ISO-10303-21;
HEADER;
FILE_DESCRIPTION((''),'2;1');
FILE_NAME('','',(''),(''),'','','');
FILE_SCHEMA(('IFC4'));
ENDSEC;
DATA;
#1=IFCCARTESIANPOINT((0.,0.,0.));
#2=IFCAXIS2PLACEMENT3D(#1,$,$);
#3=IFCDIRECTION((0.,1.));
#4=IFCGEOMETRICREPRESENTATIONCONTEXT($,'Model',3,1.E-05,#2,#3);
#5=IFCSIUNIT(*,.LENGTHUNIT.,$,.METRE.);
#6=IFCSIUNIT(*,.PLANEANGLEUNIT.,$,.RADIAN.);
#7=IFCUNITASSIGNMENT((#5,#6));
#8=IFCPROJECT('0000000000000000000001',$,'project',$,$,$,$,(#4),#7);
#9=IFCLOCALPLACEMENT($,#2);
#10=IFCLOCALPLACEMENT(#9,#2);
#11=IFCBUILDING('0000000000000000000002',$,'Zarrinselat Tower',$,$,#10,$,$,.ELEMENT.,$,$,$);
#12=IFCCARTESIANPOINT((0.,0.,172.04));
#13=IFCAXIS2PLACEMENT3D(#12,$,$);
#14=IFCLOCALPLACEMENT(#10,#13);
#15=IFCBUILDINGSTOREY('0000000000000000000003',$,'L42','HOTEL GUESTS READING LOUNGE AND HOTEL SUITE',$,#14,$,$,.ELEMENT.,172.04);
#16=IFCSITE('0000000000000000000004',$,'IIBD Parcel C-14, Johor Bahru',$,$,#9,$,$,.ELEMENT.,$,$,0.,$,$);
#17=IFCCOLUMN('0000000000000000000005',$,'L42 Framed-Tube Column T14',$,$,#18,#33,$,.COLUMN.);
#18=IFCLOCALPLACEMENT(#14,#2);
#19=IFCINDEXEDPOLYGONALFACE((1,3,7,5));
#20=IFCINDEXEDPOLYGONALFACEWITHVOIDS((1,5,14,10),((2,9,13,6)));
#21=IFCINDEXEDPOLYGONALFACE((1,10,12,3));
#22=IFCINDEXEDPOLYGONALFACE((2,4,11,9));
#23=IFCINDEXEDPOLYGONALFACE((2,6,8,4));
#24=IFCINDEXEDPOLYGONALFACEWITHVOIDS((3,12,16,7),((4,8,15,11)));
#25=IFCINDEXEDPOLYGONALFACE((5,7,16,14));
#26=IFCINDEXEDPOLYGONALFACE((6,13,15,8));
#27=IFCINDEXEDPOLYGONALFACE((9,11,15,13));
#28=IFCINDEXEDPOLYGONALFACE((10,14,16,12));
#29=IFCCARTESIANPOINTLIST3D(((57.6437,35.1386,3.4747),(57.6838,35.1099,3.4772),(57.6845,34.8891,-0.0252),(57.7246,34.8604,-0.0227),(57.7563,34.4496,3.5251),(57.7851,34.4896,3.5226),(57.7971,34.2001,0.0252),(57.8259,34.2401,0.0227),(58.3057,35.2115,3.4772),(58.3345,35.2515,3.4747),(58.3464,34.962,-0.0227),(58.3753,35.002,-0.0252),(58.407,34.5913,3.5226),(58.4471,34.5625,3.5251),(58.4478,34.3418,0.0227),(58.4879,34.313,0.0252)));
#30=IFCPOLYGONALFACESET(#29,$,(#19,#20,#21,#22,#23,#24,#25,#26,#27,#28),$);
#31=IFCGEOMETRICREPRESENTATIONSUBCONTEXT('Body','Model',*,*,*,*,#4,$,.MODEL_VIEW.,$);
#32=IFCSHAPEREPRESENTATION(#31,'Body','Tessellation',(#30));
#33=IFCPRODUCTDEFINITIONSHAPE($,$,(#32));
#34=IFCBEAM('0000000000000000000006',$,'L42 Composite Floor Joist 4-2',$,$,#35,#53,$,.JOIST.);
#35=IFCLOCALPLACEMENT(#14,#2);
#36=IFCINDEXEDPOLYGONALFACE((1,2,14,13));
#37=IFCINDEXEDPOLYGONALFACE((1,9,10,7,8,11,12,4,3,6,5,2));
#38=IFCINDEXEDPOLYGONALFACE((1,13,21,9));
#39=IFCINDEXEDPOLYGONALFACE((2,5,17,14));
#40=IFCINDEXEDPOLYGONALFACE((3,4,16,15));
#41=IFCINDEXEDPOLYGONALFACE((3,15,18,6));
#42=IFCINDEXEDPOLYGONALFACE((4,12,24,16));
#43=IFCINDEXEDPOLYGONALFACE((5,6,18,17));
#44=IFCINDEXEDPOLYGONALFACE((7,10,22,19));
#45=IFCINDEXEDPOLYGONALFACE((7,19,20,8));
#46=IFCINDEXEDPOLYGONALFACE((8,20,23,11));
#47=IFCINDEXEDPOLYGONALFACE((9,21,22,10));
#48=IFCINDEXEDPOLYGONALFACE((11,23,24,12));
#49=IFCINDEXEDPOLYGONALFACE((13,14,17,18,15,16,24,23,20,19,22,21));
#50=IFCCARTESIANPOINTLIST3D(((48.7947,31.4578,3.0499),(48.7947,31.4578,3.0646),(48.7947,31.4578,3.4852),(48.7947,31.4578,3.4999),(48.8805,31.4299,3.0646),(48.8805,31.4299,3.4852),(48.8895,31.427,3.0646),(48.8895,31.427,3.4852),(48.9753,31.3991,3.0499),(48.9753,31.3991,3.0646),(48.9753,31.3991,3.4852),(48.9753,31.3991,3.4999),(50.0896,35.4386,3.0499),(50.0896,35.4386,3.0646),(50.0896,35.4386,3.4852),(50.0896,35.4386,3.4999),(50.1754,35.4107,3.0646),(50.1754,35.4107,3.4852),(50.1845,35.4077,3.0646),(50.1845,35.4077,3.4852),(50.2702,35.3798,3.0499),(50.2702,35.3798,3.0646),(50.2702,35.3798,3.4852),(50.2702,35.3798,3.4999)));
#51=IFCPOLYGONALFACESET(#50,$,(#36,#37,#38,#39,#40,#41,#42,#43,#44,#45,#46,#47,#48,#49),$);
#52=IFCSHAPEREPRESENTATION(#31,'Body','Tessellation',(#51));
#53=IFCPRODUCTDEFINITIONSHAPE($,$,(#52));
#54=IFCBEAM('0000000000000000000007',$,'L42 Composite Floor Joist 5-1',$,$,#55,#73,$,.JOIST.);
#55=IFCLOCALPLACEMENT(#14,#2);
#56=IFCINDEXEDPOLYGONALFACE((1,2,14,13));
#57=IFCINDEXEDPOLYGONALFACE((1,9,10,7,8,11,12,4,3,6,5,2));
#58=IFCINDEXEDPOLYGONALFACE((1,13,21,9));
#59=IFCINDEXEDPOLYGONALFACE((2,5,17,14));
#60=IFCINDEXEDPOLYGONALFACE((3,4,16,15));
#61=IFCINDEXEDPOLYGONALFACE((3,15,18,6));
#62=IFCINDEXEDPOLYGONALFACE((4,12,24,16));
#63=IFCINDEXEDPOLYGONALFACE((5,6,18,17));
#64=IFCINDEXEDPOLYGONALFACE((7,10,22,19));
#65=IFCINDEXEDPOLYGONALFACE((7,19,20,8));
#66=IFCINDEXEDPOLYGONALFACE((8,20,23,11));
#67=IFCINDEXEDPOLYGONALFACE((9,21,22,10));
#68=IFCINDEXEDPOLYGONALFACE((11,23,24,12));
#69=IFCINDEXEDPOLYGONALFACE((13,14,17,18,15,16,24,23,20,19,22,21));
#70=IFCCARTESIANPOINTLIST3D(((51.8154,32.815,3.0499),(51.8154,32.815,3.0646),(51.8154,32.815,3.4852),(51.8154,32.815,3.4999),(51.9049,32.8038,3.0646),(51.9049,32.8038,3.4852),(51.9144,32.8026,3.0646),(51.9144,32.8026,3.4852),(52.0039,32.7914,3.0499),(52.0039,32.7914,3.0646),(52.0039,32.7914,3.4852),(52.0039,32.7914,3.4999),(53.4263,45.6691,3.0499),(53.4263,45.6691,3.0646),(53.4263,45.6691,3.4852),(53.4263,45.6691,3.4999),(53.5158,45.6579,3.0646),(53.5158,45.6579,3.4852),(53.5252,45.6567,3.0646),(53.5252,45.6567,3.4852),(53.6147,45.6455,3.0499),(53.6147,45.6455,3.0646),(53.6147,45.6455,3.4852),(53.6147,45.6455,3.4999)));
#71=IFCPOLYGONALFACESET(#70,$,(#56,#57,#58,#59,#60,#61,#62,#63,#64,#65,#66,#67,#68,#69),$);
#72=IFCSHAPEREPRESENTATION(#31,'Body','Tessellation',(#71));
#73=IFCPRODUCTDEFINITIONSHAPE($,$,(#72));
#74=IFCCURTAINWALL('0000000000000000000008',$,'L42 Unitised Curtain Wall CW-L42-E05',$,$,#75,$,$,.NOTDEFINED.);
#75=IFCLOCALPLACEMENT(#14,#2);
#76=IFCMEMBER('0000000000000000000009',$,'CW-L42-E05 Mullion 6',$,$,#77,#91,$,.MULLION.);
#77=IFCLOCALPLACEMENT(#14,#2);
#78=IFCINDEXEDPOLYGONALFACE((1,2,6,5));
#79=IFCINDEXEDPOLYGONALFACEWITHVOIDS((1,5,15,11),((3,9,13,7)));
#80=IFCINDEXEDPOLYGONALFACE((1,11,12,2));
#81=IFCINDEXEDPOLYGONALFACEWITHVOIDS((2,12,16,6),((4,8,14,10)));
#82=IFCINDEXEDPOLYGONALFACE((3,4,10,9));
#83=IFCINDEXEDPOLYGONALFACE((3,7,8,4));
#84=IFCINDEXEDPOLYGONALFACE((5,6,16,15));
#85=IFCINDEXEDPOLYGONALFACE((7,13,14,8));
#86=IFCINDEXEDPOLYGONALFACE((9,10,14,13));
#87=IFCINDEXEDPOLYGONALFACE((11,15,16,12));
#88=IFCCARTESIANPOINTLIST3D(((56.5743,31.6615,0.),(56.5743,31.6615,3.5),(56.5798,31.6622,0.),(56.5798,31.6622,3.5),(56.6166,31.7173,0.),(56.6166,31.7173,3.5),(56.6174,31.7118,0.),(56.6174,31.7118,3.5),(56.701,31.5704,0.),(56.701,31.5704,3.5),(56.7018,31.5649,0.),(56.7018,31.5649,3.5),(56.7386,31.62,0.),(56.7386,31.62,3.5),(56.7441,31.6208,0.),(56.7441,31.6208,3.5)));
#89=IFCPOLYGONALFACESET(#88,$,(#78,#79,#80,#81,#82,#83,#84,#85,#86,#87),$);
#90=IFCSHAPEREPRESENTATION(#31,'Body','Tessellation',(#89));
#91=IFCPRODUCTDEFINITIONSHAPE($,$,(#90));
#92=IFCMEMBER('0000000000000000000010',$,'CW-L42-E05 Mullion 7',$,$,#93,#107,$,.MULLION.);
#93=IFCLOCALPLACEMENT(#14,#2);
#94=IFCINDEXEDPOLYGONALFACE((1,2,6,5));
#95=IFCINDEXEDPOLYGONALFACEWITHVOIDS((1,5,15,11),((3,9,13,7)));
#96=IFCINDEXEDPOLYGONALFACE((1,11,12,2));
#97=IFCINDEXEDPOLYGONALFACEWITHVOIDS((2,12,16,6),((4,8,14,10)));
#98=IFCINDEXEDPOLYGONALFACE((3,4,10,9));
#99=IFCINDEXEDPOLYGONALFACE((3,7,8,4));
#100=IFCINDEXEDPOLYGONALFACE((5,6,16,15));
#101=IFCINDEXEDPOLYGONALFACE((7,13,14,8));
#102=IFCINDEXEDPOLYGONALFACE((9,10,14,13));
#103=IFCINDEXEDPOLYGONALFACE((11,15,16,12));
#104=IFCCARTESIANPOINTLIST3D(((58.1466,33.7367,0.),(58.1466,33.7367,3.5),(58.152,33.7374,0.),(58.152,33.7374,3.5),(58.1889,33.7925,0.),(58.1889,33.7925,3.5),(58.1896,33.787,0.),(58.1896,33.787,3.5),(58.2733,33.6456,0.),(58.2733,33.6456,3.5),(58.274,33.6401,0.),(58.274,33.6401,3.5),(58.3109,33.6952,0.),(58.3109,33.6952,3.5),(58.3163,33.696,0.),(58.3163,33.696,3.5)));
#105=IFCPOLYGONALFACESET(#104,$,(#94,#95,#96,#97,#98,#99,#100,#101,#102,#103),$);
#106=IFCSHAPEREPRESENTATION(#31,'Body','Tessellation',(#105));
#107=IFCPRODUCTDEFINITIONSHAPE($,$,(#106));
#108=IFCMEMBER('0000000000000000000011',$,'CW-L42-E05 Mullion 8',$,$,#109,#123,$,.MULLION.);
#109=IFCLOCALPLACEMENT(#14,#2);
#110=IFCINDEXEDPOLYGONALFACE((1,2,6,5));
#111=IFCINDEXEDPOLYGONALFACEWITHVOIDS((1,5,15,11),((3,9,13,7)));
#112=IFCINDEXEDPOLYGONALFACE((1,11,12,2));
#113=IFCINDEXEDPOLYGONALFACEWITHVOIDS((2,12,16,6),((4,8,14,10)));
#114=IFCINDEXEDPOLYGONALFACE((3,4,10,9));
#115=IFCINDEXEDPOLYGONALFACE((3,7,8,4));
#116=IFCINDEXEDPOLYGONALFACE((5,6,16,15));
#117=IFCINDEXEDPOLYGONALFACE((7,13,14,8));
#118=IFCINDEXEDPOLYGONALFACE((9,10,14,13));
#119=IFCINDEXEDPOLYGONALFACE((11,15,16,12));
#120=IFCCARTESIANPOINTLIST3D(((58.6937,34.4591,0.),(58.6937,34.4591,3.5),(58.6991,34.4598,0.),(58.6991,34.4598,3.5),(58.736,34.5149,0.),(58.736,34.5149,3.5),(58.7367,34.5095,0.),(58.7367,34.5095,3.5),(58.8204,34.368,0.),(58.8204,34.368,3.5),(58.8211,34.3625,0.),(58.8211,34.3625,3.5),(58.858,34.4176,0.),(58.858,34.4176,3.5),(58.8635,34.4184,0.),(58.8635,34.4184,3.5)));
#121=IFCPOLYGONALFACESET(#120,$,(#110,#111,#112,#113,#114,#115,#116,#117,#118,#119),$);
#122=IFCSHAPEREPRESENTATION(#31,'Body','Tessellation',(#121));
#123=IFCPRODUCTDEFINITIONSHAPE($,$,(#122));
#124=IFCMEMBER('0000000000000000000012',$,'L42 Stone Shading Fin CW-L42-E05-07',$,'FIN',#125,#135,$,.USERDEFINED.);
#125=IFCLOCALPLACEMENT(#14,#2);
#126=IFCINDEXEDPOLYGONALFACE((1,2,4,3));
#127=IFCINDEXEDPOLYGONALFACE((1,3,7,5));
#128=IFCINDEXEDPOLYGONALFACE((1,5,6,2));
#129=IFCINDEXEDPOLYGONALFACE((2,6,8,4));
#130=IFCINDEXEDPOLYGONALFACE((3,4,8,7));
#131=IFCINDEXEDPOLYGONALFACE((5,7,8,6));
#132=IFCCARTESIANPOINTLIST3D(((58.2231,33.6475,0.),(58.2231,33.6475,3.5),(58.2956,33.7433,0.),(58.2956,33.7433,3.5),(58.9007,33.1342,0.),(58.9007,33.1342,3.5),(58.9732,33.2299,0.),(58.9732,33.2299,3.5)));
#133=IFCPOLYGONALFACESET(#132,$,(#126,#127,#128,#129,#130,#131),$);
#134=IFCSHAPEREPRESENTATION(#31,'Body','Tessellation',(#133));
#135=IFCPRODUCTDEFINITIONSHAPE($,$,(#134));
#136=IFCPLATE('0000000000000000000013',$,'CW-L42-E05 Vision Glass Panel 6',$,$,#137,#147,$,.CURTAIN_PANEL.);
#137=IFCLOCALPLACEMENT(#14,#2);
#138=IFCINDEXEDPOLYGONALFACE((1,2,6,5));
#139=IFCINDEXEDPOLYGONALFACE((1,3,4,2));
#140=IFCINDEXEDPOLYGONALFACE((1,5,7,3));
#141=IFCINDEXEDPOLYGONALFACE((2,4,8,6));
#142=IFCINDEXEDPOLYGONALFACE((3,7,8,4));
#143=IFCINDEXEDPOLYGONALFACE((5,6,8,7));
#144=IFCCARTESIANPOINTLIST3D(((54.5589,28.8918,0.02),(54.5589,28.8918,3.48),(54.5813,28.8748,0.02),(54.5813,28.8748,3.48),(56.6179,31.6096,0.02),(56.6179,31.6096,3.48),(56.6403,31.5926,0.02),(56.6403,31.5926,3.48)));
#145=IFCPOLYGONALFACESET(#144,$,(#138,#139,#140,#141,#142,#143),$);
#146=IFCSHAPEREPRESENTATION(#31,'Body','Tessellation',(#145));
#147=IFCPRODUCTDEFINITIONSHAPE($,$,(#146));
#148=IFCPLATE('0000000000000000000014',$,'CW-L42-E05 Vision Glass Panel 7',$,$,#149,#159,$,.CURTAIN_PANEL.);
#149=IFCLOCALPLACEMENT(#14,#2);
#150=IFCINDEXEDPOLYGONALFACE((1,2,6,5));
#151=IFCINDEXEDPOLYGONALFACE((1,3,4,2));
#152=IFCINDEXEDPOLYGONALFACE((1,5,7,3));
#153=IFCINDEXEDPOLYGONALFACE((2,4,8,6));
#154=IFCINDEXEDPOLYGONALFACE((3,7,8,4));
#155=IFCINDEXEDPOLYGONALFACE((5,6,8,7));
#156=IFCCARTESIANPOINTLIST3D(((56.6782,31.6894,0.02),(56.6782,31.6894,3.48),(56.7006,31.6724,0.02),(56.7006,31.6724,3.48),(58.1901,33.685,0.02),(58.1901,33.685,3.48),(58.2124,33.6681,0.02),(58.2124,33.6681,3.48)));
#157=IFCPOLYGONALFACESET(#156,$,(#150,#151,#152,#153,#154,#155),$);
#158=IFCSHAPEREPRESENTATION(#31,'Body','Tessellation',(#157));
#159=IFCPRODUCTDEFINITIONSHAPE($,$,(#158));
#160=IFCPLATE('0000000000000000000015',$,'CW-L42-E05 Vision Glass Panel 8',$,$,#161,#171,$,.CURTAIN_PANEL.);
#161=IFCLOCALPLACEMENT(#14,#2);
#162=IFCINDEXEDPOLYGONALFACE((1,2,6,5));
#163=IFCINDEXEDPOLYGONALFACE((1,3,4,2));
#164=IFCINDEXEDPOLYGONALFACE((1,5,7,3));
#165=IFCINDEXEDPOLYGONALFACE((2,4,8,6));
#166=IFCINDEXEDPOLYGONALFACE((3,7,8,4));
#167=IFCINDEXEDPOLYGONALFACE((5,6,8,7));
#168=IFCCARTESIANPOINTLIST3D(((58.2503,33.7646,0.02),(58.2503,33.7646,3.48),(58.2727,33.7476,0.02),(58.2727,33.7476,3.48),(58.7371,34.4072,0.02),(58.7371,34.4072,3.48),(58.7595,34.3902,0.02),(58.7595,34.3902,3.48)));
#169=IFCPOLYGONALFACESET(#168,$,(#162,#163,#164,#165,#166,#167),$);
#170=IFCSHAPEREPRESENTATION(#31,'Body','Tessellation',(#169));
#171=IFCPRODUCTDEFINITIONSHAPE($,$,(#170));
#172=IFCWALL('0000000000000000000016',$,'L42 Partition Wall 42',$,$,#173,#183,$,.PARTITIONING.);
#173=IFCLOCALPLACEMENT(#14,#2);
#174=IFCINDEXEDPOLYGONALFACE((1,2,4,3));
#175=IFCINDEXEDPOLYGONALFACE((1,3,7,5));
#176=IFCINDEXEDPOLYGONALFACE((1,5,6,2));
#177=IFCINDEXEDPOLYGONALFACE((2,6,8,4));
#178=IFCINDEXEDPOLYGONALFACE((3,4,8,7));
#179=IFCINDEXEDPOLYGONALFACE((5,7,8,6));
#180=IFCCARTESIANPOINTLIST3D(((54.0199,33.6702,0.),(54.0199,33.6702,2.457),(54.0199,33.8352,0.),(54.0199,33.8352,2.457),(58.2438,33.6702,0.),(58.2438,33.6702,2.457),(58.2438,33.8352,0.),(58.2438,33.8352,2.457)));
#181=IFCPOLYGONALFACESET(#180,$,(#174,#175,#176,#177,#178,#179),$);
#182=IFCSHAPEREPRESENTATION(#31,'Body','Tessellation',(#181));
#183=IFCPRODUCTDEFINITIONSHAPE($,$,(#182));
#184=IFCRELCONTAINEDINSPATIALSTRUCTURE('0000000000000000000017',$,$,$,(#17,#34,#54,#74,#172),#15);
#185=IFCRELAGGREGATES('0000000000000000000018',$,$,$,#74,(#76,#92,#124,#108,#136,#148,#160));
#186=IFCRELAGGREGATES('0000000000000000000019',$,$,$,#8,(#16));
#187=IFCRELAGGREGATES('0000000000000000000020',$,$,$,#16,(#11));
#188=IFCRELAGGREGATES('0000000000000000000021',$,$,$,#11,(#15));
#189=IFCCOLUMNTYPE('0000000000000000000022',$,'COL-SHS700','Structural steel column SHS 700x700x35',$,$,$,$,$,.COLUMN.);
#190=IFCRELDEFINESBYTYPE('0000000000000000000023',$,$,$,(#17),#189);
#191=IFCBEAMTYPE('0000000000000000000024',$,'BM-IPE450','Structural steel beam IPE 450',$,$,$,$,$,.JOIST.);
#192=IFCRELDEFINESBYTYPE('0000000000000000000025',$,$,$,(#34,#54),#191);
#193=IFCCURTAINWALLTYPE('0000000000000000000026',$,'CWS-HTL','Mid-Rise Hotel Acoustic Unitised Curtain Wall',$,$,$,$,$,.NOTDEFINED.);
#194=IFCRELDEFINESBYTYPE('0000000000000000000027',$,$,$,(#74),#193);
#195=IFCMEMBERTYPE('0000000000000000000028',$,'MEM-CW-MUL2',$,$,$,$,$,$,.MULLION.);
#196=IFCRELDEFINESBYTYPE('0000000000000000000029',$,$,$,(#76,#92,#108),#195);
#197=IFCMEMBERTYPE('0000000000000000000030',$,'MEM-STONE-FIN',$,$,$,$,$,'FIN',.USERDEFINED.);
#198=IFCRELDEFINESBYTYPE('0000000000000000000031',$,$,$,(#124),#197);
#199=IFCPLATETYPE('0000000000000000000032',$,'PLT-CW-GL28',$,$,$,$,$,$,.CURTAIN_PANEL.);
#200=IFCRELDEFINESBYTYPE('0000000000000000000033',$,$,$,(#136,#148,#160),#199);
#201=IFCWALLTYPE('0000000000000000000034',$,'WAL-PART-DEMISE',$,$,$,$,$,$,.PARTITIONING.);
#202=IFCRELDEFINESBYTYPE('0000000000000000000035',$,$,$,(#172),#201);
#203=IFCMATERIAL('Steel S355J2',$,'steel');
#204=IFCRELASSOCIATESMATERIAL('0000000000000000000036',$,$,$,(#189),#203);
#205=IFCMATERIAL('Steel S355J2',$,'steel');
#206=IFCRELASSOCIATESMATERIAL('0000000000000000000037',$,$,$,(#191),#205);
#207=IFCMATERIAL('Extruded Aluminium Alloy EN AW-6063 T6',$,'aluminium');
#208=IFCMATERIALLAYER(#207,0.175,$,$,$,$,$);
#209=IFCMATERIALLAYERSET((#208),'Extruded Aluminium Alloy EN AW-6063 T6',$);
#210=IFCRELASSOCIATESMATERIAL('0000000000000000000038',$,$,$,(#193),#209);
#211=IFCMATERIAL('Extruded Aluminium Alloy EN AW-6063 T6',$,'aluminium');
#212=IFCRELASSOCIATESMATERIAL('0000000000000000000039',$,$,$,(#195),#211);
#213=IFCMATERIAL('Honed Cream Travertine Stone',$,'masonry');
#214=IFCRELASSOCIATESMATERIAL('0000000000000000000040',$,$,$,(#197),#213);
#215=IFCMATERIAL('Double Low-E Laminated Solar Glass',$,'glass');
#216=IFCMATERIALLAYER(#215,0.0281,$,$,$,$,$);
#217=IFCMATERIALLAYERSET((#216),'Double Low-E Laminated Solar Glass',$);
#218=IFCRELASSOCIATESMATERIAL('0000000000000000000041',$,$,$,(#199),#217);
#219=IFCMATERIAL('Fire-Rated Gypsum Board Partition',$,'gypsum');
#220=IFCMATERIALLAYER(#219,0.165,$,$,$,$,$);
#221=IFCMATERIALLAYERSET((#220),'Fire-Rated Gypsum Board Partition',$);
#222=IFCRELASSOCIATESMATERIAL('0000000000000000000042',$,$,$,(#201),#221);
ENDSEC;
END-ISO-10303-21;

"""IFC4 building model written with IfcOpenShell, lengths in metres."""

from ifc_helpers import new_model, si_unit, direction, frame, frame_2d, origin, origin_2d, place, context, subcontext, project, spatial, rectangle, hollow_rectangle, i_section, extrude, material, layer, layer_set, material_profile, profile_set, type_object, element, aggregate, save


model = new_model("IFC4")

# Units and contexts
model_context = context("Model", 3, precision=1e-05, world=origin(), true_north=direction((0.0, 1.0)))
body_context = subcontext(model_context, "Body", "Model", "MODEL_VIEW")
ifc_project = project(units=[si_unit("LENGTHUNIT", "METRE"), si_unit("PLANEANGLEUNIT", "RADIAN")], contexts=[model_context])

# Site, building, storey
site_placement = place(None, origin())
site = spatial("IfcSite", under=ifc_project, at=site_placement, Name="IIBD Parcel C-14, Johor Bahru", CompositionType="ELEMENT", RefElevation=0.0)
building_placement = place(site_placement, origin())
building = spatial("IfcBuilding", under=site, at=building_placement, Name="Zarrinselat Tower", CompositionType="ELEMENT")
storey_placement = place(building_placement, frame((0.0, 0.0, 172.04)))
storey = spatial("IfcBuildingStorey", under=building, at=storey_placement, Name="L42", Description="HOTEL GUESTS READING LOUNGE AND HOTEL SUITE", CompositionType="ELEMENT", Elevation=172.04)

# Column
ifc_material_1 = material(Name="Steel S355J2", Category="steel")
ifc_material_profile_1 = material_profile(ifc_material_1, hollow_rectangle(XDim=0.7, YDim=0.7, WallThickness=0.0349, at=origin_2d()), Name="SHS 700x700x35")
ifc_profile_set_1 = profile_set([ifc_material_profile_1], Name="Steel S355J2")
column_type = type_object("IfcColumnType", Name="COL-SHS700", Description="Structural steel column SHS 700x700x35", PredefinedType="COLUMN", material=ifc_profile_set_1)
column_placement = place(storey_placement, frame((58.0862, 34.6011, 0.0), z_axis=(-0.011619, 0.071104, 0.997401), x_axis=(-0.986911, -0.161266, 0.0)))
element("IfcColumn", 1, at=column_placement, inside=storey, type_object=column_type, Name="L42 Framed-Tube Column T14", PredefinedType="COLUMN", context=body_context, shape_type="SweptSolid", body=[
    extrude(hollow_rectangle(XDim=0.7, YDim=0.7, WallThickness=0.0349, at=origin_2d()), origin(), (0.0, 0.0, 1.0), 3.509),
])

# Beams
ifc_material_2 = material(Name="Steel S355J2", Category="steel")
ifc_material_profile_2 = material_profile(ifc_material_2, i_section(OverallWidth=0.1899, OverallDepth=0.45, WebThickness=0.0095, FlangeThickness=0.0146, at=origin_2d()), Name="IPE 450")
ifc_profile_set_2 = profile_set([ifc_material_profile_2], Name="Steel S355J2")
beam_type = type_object("IfcBeamType", Name="BM-IPE450", Description="Structural steel beam IPE 450", PredefinedType="JOIST", material=ifc_profile_set_2)
beam_1_placement = place(storey_placement, frame((48.885, 31.4285, 3.2749), z_axis=(0.309343, 0.95095, 0.0), x_axis=(-0.95095, 0.309343, 0.0)))
element("IfcBeam", 2, at=beam_1_placement, inside=storey, type_object=beam_type, Name="L42 Composite Floor Joist 4-2", PredefinedType="JOIST", context=body_context, shape_type="SweptSolid", body=[
    extrude(i_section(OverallWidth=0.1899, OverallDepth=0.45, WebThickness=0.0095, FlangeThickness=0.0146, at=origin_2d()), origin(), (0.0, 0.0, 1.0), 4.186),
])
beam_2_placement = place(storey_placement, frame((51.9097, 32.8032, 3.2749), z_axis=(0.124346, 0.992239, 0.0), x_axis=(-0.992239, 0.124346, 0.0)))
element("IfcBeam", 3, at=beam_2_placement, inside=storey, type_object=beam_type, Name="L42 Composite Floor Joist 5-1", PredefinedType="JOIST", context=body_context, shape_type="SweptSolid", body=[
    extrude(i_section(OverallWidth=0.1899, OverallDepth=0.45, WebThickness=0.0095, FlangeThickness=0.0146, at=origin_2d()), origin(), (0.0, 0.0, 1.0), 12.9546),
])

# Curtain wall, members, plates
ifc_material_3 = material(Name="Extruded Aluminium Alloy EN AW-6063 T6", Category="aluminium")
ifc_layer_1 = layer(ifc_material_3, 0.175)
ifc_layer_set_1 = layer_set([ifc_layer_1], Name="Extruded Aluminium Alloy EN AW-6063 T6")
curtain_wall_type = type_object("IfcCurtainWallType", Name="CWS-HTL", Description="Mid-Rise Hotel Acoustic Unitised Curtain Wall", PredefinedType="NOTDEFINED", material=ifc_layer_set_1)
curtain_wall_placement = place(storey_placement, origin())
curtain_wall = element("IfcCurtainWall", 4, at=curtain_wall_placement, inside=storey, type_object=curtain_wall_type, Name="L42 Unitised Curtain Wall CW-L42-E05", PredefinedType="NOTDEFINED")
ifc_material_4 = material(Name="Extruded Aluminium Alloy EN AW-6063 T6", Category="aluminium")
ifc_material_profile_3 = material_profile(ifc_material_4, hollow_rectangle(XDim=0.0701, YDim=0.1599, WallThickness=0.0039, at=origin_2d()), Name="RHS 160x70x4")
ifc_profile_set_3 = profile_set([ifc_material_profile_3], Name="Extruded Aluminium Alloy EN AW-6063 T6")
member_type_1 = type_object("IfcMemberType", Name="MEM-CW-MUL2", PredefinedType="MULLION", material=ifc_profile_set_3)
member_1_placement = place(storey_placement, frame((56.6592, 31.6411, 0.0), z_axis=(0.0, 0.0, 1.0), x_axis=(0.603859, 0.797091, 0.0)))
member_1 = element("IfcMember", 5, at=member_1_placement, type_object=member_type_1, Name="CW-L42-E05 Mullion 6", PredefinedType="MULLION", context=body_context, shape_type="SweptSolid", body=[
    extrude(hollow_rectangle(XDim=0.0701, YDim=0.1599, WallThickness=0.0039, at=origin_2d()), origin(), (0.0, 0.0, 1.0), 3.5),
])
member_2_placement = place(storey_placement, frame((58.2314, 33.7163, 0.0), z_axis=(0.0, 0.0, 1.0), x_axis=(0.603859, 0.797091, 0.0)))
member_2 = element("IfcMember", 6, at=member_2_placement, type_object=member_type_1, Name="CW-L42-E05 Mullion 7", PredefinedType="MULLION", context=body_context, shape_type="SweptSolid", body=[
    extrude(hollow_rectangle(XDim=0.0701, YDim=0.1599, WallThickness=0.0039, at=origin_2d()), origin(), (0.0, 0.0, 1.0), 3.5),
])
member_3_placement = place(storey_placement, frame((58.7786, 34.4387, 0.0), z_axis=(0.0, 0.0, 1.0), x_axis=(0.603859, 0.797091, 0.0)))
member_3 = element("IfcMember", 7, at=member_3_placement, type_object=member_type_1, Name="CW-L42-E05 Mullion 8", PredefinedType="MULLION", context=body_context, shape_type="SweptSolid", body=[
    extrude(hollow_rectangle(XDim=0.0701, YDim=0.1599, WallThickness=0.0039, at=origin_2d()), origin(), (0.0, 0.0, 1.0), 3.5),
])
ifc_material_5 = material(Name="Honed Cream Travertine Stone", Category="masonry")
ifc_material_profile_4 = material_profile(ifc_material_5, rectangle(XDim=0.1201, YDim=0.8501, at=origin_2d()), Name="FIN 850x120")
ifc_profile_set_4 = profile_set([ifc_material_profile_4], Name="Honed Cream Travertine Stone")
member_type_2 = type_object("IfcMemberType", Name="MEM-STONE-FIN", ElementType="FIN", PredefinedType="USERDEFINED", material=ifc_profile_set_4)
member_4_placement = place(storey_placement, frame((58.5981, 33.4387, 0.0), z_axis=(0.0, 0.0, 1.0), x_axis=(-0.603859, -0.797091, 0.0)))
member_4 = element("IfcMember", 8, at=member_4_placement, type_object=member_type_2, Name="L42 Stone Shading Fin CW-L42-E05-07", ObjectType="FIN", PredefinedType="USERDEFINED", context=body_context, shape_type="SweptSolid", body=[
    extrude(rectangle(XDim=0.1201, YDim=0.8501, at=origin_2d()), origin(), (0.0, 0.0, 1.0), 3.5),
])
ifc_material_6 = material(Name="Double Low-E Laminated Solar Glass", Category="glass")
ifc_layer_2 = layer(ifc_material_6, 0.0281)
ifc_layer_set_2 = layer_set([ifc_layer_2], Name="Double Low-E Laminated Solar Glass")
plate_type = type_object("IfcPlateType", Name="PLT-CW-GL28", PredefinedType="CURTAIN_PANEL", material=ifc_layer_set_2)
plate_1_placement = place(storey_placement, frame((55.5996, 30.2422, 0.02), z_axis=(0.0, 0.0, 1.0), x_axis=(0.603859, 0.797091, 0.0)))
plate_1 = element("IfcPlate", 9, at=plate_1_placement, type_object=plate_type, Name="CW-L42-E05 Vision Glass Panel 6", PredefinedType="CURTAIN_PANEL", context=body_context, shape_type="SweptSolid", body=[
    extrude(rectangle(XDim=3.4097, YDim=0.0281, at=origin_2d()), origin(), (0.0, 0.0, 1.0), 3.46),
])
plate_2_placement = place(storey_placement, frame((57.4453, 32.6787, 0.02), z_axis=(0.0, 0.0, 1.0), x_axis=(0.603859, 0.797091, 0.0)))
plate_2 = element("IfcPlate", 10, at=plate_2_placement, type_object=plate_type, Name="CW-L42-E05 Vision Glass Panel 7", PredefinedType="CURTAIN_PANEL", context=body_context, shape_type="SweptSolid", body=[
    extrude(rectangle(XDim=2.5037, YDim=0.0281, at=origin_2d()), origin(), (0.0, 0.0, 1.0), 3.46),
])
plate_3_placement = place(storey_placement, frame((58.5049, 34.0774, 0.02), z_axis=(0.0, 0.0, 1.0), x_axis=(0.603859, 0.797091, 0.0)))
plate_3 = element("IfcPlate", 11, at=plate_3_placement, type_object=plate_type, Name="CW-L42-E05 Vision Glass Panel 8", PredefinedType="CURTAIN_PANEL", context=body_context, shape_type="SweptSolid", body=[
    extrude(rectangle(XDim=0.8062, YDim=0.0281, at=origin_2d()), origin(), (0.0, 0.0, 1.0), 3.46),
])
aggregate(curtain_wall, [member_1, member_2, member_4, member_3, plate_1, plate_2, plate_3])

# Wall
ifc_material_7 = material(Name="Fire-Rated Gypsum Board Partition", Category="gypsum")
ifc_layer_3 = layer(ifc_material_7, 0.165)
ifc_layer_set_3 = layer_set([ifc_layer_3], Name="Fire-Rated Gypsum Board Partition")
wall_type_1 = type_object("IfcWallType", Name="WAL-PART-DEMISE", PredefinedType="PARTITIONING", material=ifc_layer_set_3)
wall_1_placement = place(storey_placement, frame((54.02, 33.7527, 0.0), z_axis=(0.0, 0.0, 1.0), x_axis=(1.0, 0.0, 0.0)))
element("IfcWall", 12, at=wall_1_placement, inside=storey, type_object=wall_type_1, Name="L42 Partition Wall 42", PredefinedType="PARTITIONING", context=body_context, shape_type="SweptSolid", body=[
    extrude(rectangle(XDim=4.2239, YDim=0.165, at=frame_2d((2.1118, 0.0))), origin(), (0.0, 0.0, 1.0), 2.457),
])

save(model, "model.ifc")
